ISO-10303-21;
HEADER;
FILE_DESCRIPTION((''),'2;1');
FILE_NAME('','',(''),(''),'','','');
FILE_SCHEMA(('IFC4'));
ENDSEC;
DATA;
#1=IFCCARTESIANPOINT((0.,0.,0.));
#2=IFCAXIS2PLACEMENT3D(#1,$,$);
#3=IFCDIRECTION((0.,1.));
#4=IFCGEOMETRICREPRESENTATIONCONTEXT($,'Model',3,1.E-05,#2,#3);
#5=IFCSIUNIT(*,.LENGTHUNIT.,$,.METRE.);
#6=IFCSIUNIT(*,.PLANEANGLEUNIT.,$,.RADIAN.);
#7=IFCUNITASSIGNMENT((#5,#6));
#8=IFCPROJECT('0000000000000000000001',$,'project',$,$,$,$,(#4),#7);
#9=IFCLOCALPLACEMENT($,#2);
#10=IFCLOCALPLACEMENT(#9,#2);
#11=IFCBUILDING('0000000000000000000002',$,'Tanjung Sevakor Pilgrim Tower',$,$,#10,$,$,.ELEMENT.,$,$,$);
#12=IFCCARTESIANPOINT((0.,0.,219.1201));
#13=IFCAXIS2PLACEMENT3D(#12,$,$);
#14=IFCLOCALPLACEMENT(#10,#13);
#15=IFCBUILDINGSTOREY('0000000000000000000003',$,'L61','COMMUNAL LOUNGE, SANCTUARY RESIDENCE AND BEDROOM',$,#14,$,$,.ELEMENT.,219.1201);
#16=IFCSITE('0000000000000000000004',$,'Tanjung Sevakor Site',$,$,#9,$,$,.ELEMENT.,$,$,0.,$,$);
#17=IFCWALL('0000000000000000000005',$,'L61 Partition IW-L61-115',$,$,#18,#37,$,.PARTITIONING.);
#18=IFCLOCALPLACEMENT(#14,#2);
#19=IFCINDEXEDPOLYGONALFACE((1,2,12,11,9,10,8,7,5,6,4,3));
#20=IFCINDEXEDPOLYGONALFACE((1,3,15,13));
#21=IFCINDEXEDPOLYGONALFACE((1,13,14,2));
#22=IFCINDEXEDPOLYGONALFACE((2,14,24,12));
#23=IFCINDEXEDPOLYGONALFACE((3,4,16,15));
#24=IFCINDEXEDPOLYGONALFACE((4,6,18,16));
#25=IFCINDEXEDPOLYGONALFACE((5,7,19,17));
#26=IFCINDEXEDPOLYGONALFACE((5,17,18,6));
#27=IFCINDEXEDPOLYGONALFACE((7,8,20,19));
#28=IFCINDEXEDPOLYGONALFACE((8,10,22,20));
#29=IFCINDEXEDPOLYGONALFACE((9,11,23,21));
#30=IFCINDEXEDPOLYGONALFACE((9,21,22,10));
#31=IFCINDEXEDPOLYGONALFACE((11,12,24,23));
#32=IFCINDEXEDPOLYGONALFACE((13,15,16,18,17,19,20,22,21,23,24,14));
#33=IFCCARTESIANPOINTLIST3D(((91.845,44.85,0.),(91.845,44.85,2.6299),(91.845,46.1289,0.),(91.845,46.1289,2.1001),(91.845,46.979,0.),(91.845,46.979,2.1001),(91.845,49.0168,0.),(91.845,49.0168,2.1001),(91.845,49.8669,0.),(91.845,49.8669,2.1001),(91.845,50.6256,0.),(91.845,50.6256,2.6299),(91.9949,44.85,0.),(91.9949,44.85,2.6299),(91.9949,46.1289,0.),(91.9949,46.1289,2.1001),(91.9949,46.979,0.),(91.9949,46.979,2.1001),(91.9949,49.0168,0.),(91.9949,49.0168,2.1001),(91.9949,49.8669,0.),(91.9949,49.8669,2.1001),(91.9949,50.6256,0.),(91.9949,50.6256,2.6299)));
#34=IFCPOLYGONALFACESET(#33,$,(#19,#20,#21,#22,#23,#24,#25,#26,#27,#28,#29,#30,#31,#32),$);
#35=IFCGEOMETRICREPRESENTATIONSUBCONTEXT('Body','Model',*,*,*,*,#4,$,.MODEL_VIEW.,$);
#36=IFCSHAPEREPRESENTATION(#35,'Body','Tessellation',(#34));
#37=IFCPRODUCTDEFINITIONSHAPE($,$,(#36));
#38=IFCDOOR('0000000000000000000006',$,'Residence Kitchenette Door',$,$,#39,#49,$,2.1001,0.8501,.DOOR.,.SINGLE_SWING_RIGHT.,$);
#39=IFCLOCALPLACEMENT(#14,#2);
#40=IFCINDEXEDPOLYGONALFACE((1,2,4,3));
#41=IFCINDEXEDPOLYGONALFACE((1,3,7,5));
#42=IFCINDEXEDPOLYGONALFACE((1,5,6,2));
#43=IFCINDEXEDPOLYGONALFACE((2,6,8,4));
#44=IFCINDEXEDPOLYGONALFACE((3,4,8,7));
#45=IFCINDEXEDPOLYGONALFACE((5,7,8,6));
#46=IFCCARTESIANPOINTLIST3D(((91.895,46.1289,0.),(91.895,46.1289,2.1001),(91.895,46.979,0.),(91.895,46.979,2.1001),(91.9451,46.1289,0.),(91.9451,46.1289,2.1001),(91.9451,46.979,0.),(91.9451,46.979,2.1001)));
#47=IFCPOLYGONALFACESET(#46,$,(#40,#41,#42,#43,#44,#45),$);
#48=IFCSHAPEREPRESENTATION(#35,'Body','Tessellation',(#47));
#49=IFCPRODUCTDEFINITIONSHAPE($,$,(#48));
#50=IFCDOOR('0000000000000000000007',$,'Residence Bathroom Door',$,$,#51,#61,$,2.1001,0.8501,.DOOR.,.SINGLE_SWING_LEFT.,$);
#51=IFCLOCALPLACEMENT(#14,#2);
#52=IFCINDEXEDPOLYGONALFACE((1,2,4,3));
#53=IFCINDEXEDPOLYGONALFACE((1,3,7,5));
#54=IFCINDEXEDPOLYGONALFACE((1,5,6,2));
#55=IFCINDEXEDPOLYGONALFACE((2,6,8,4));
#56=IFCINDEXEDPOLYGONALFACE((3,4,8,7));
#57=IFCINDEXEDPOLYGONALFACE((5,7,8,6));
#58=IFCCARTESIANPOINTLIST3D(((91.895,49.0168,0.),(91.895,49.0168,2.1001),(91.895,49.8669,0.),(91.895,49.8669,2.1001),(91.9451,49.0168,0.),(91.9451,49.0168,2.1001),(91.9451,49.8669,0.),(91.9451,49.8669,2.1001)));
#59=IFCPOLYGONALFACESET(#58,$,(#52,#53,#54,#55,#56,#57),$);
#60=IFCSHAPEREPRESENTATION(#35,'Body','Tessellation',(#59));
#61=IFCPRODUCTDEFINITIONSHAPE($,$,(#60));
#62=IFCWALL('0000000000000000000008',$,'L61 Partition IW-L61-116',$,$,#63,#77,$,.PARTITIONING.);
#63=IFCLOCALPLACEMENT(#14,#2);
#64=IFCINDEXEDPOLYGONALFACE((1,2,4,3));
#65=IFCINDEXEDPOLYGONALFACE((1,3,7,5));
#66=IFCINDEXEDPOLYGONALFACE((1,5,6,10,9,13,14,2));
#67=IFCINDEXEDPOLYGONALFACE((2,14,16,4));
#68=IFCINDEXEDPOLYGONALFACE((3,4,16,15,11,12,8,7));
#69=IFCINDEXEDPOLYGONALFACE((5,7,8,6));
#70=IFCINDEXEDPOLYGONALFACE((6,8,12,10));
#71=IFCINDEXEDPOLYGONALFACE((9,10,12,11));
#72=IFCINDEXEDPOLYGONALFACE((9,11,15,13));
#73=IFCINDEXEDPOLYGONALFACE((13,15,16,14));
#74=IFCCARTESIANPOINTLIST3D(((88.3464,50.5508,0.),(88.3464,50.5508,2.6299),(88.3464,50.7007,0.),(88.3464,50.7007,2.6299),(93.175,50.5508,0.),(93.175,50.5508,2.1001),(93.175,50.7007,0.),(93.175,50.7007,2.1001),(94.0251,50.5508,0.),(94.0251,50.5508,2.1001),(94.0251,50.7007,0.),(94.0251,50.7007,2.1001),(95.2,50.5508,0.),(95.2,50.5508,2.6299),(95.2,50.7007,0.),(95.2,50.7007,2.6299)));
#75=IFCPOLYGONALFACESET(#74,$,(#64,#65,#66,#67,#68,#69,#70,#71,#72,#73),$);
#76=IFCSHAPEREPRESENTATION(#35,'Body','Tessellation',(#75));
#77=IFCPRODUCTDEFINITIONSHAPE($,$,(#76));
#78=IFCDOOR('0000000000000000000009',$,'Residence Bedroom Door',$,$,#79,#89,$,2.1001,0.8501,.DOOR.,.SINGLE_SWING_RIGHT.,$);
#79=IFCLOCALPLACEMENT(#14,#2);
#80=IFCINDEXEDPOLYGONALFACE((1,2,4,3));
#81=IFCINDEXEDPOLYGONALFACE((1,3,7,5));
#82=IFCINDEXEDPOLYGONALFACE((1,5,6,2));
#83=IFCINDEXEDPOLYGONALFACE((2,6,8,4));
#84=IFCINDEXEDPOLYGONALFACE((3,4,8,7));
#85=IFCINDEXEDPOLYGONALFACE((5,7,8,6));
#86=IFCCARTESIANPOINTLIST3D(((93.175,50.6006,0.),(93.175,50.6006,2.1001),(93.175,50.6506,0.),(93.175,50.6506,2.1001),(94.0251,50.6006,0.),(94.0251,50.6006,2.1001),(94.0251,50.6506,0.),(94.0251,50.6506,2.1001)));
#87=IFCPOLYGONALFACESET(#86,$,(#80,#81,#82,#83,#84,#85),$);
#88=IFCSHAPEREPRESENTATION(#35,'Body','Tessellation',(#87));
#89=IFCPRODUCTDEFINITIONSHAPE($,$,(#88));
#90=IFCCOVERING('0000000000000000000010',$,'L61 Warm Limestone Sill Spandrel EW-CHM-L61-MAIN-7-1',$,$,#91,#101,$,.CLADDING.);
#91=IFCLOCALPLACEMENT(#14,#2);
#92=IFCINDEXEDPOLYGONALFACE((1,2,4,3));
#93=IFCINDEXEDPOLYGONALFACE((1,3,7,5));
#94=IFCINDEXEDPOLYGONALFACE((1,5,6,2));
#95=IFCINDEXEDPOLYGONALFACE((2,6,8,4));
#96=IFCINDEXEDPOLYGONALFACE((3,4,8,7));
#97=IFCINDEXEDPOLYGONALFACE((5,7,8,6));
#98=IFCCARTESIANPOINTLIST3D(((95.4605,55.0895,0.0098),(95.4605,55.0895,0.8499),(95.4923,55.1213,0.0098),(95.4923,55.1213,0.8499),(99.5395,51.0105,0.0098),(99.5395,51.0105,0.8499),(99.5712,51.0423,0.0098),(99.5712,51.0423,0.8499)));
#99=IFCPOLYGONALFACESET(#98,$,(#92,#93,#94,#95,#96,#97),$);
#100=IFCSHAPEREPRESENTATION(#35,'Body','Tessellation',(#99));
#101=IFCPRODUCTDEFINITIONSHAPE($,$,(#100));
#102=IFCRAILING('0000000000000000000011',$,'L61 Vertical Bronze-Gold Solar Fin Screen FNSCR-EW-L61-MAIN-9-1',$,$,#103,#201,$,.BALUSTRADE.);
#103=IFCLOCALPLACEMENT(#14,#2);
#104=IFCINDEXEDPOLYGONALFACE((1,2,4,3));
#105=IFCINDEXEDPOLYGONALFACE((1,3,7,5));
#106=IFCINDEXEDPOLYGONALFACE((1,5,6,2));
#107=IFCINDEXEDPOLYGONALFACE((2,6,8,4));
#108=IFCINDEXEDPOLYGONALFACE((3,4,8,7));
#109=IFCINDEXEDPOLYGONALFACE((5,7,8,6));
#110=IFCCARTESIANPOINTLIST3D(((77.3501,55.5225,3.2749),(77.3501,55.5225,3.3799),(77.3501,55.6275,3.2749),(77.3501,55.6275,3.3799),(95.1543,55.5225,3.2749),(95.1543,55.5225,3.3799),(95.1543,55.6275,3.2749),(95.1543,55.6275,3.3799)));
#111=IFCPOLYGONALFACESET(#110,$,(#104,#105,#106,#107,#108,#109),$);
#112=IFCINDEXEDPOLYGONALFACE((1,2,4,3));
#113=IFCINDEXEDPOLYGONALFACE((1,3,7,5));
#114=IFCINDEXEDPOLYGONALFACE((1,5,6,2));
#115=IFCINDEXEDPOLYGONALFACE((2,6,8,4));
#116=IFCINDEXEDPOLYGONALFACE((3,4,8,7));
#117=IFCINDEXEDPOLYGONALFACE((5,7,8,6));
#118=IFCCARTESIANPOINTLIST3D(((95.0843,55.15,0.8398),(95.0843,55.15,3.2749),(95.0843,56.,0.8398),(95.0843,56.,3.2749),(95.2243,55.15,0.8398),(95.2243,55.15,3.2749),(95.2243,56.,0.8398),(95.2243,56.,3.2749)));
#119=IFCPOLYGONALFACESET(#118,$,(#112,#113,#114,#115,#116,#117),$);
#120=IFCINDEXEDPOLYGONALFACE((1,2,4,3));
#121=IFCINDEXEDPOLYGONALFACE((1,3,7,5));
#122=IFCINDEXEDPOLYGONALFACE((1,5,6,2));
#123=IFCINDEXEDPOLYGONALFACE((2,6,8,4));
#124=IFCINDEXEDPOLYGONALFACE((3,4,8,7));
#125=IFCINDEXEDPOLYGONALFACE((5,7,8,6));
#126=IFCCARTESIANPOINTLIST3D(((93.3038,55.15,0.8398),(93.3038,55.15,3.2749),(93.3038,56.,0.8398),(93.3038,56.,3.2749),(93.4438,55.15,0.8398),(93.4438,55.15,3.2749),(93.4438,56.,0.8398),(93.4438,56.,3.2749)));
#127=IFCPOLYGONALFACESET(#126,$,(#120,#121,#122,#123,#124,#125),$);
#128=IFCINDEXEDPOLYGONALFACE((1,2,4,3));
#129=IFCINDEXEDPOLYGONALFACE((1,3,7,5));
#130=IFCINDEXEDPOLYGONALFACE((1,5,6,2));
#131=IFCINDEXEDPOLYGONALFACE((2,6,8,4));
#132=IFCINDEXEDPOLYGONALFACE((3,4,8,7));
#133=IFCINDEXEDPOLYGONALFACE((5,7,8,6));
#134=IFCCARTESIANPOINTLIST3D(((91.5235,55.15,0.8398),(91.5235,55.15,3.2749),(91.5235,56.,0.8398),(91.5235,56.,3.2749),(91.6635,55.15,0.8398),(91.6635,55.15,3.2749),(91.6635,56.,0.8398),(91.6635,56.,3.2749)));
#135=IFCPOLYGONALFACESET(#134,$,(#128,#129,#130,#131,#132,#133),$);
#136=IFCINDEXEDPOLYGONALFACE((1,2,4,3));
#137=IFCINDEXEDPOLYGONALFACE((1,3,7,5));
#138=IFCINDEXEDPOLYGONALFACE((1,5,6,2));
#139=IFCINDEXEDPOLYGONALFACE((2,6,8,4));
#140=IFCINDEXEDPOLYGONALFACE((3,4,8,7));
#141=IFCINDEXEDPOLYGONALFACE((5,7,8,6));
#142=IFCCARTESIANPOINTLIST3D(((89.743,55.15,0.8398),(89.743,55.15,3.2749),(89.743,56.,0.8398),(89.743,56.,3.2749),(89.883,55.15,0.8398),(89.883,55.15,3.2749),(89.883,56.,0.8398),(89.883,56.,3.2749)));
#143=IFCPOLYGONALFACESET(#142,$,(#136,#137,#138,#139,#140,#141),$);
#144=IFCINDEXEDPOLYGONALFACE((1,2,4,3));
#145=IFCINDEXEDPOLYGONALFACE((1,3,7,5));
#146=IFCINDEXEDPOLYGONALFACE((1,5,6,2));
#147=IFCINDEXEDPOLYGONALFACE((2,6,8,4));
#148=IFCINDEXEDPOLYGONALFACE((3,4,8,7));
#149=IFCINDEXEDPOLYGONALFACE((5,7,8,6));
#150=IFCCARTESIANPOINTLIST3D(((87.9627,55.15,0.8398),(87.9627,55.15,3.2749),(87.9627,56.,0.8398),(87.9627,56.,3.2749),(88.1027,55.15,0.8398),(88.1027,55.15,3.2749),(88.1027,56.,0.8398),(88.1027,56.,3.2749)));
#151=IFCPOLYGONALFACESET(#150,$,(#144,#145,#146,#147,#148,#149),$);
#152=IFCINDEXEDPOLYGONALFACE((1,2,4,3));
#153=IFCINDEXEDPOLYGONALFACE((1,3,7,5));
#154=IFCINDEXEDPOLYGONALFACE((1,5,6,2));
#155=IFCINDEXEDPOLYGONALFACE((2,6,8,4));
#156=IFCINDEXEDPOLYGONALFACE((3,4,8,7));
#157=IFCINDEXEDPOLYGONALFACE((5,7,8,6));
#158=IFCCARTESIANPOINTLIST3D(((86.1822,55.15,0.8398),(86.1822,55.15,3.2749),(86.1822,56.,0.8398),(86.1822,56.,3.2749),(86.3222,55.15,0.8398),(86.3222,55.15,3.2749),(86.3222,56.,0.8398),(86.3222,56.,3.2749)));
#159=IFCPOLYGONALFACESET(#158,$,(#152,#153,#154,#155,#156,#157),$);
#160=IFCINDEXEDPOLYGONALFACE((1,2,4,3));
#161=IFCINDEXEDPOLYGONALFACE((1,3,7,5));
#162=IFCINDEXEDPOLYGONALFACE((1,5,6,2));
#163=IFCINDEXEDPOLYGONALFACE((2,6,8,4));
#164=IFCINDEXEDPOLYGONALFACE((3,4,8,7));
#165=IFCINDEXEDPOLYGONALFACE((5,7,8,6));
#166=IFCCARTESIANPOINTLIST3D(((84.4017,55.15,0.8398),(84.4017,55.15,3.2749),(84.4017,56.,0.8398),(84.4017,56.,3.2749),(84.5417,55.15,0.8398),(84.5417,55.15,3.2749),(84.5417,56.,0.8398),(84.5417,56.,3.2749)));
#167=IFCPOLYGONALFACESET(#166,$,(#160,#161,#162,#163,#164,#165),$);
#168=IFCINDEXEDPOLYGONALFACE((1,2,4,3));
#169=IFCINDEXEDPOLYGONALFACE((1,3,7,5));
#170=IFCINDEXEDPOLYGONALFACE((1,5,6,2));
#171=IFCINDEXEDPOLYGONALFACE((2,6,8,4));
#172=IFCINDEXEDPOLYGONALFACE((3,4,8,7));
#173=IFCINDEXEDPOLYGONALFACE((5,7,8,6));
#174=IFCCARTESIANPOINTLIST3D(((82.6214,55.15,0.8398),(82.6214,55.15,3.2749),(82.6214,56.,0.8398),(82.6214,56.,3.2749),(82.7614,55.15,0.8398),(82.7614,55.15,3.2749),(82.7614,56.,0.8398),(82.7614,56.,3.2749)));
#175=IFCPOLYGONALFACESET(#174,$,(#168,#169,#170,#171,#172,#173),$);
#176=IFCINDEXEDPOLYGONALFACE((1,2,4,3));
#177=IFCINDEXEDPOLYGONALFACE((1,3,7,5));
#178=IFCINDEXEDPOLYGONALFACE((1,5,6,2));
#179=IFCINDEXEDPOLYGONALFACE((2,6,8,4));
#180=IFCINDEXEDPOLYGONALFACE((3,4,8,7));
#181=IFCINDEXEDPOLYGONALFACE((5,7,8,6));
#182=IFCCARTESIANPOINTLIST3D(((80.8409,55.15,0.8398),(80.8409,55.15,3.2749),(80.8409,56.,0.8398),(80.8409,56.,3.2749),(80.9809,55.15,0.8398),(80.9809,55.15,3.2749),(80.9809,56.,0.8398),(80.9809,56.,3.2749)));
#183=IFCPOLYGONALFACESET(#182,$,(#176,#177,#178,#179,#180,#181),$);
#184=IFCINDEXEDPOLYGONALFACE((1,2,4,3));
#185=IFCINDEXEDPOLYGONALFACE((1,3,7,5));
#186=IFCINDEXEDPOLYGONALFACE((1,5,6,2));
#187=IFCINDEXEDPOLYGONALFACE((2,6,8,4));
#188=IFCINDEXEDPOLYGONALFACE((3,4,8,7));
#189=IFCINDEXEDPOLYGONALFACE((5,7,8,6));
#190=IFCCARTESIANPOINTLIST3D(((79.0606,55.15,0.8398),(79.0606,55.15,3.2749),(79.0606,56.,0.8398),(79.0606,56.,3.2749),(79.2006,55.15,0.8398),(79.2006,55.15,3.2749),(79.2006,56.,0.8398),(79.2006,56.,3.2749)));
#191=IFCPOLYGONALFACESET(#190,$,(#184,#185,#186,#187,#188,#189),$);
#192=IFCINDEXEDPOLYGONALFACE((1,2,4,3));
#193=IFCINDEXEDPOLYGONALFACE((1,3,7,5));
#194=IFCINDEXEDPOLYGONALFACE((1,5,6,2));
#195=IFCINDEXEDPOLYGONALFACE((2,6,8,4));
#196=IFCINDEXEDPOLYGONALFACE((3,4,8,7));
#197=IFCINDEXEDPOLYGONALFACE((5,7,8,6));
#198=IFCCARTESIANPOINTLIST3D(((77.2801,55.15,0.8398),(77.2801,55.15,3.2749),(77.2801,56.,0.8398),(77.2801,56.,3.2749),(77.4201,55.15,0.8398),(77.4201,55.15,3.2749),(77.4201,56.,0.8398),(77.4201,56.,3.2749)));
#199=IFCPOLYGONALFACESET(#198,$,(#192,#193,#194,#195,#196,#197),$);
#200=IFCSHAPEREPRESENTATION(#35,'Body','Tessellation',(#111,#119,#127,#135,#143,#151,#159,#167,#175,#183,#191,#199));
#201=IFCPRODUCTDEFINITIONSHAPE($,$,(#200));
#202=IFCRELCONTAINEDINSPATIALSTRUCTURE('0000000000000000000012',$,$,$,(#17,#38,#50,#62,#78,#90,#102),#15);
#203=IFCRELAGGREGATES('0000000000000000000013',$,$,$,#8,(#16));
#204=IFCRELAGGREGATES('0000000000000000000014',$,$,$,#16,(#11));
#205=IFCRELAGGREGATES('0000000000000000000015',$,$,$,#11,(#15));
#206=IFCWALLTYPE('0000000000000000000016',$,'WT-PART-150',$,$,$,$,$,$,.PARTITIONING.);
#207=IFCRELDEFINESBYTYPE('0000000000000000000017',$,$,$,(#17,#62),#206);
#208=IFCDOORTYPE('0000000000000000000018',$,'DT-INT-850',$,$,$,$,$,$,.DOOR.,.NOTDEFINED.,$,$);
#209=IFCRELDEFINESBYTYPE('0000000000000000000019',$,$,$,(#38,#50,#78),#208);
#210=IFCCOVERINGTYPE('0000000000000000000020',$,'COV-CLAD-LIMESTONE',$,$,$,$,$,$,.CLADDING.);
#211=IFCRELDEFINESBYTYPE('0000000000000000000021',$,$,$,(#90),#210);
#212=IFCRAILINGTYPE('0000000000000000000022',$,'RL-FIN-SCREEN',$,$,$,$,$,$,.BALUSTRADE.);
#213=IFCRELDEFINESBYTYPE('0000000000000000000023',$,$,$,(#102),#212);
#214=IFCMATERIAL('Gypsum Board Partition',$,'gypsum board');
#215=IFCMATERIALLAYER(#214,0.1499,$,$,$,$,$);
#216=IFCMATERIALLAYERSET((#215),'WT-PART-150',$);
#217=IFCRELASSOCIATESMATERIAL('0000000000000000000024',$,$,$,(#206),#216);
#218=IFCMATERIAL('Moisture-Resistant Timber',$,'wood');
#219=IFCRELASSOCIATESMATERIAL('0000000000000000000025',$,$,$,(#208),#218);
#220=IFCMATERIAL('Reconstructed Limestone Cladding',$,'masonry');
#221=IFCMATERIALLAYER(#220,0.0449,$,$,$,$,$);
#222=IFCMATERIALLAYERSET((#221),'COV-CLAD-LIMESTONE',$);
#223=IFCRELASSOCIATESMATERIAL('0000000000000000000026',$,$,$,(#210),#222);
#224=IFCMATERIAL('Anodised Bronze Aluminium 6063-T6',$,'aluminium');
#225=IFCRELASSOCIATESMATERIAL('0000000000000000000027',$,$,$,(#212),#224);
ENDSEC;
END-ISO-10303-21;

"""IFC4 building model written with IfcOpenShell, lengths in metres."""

from ifc_helpers import new_model, si_unit, direction, frame, frame_2d, origin, origin_2d, place, context, subcontext, project, spatial, rectangle, extrude, material, layer, layer_set, type_object, element, fill, save


model = new_model("IFC4")

# Units and contexts
model_context = context("Model", 3, precision=1e-05, world=origin(), true_north=direction((0.0, 1.0)))
body_context = subcontext(model_context, "Body", "Model", "MODEL_VIEW")
ifc_project = project(units=[si_unit("LENGTHUNIT", "METRE"), si_unit("PLANEANGLEUNIT", "RADIAN")], contexts=[model_context])

# Site, building, storey
site_placement = place(None, origin())
site = spatial("IfcSite", under=ifc_project, at=site_placement, Name="Tanjung Sevakor Site", CompositionType="ELEMENT", RefElevation=0.0)
building_placement = place(site_placement, origin())
building = spatial("IfcBuilding", under=site, at=building_placement, Name="Tanjung Sevakor Pilgrim Tower", CompositionType="ELEMENT")
storey_placement = place(building_placement, frame((0.0, 0.0, 219.1201)))
storey = spatial("IfcBuildingStorey", under=building, at=storey_placement, Name="L61", Description="COMMUNAL LOUNGE, SANCTUARY RESIDENCE AND BEDROOM", CompositionType="ELEMENT", Elevation=219.1201)

# Shared definitions
ifc_material_1 = material(Name="Gypsum Board Partition", Category="gypsum board")
ifc_layer_1 = layer(ifc_material_1, 0.1499)
ifc_layer_set_1 = layer_set([ifc_layer_1], Name="WT-PART-150")
wall_type_1 = type_object("IfcWallType", Name="WT-PART-150", PredefinedType="PARTITIONING", material=ifc_layer_set_1)

# Wall, openings, doors
wall_1_placement = place(storey_placement, frame((91.9199, 44.8501, 0.0), z_axis=(0.0, 0.0, 1.0), x_axis=(0.0, 1.0, 0.0)))
wall_1 = element("IfcWall", 1, at=wall_1_placement, inside=storey, type_object=wall_type_1, Name="L61 Partition IW-L61-115", PredefinedType="PARTITIONING", context=body_context, shape_type="SweptSolid", body=[
    extrude(rectangle(XDim=5.7756, YDim=0.1499, at=frame_2d((2.8877, 0.0))), origin(), (0.0, 0.0, 1.0), 2.6299),
])
opening_1_placement = place(wall_1_placement, frame((1.2788, 0.0, 0.0)))
opening_1 = element("IfcOpeningElement", 2, at=opening_1_placement, cuts=wall_1, PredefinedType="OPENING", context=body_context, shape_type="SweptSolid", body=[
    extrude(rectangle(XDim=0.8501, YDim=2.1001, at=frame_2d((0.425, 1.05))), frame((0.0, 0.085, 0.0), z_axis=(0.0, -1.0, 0.0), x_axis=(1.0, 0.0, 0.0)), (0.0, 0.0, 1.0), 0.1699),
])
opening_2_placement = place(wall_1_placement, frame((4.1667, 0.0, 0.0)))
opening_2 = element("IfcOpeningElement", 3, at=opening_2_placement, cuts=wall_1, PredefinedType="OPENING", context=body_context, shape_type="SweptSolid", body=[
    extrude(rectangle(XDim=0.8501, YDim=2.1001, at=frame_2d((0.425, 1.05))), frame((0.0, 0.085, 0.0), z_axis=(0.0, -1.0, 0.0), x_axis=(1.0, 0.0, 0.0)), (0.0, 0.0, 1.0), 0.1699),
])
ifc_material_2 = material(Name="Moisture-Resistant Timber", Category="wood")
door_type_1 = type_object("IfcDoorType", Name="DT-INT-850", OperationType="NOTDEFINED", PredefinedType="DOOR", material=ifc_material_2)
door_1_placement = place(opening_1_placement, origin())
door_1 = element("IfcDoor", 4, at=door_1_placement, inside=storey, type_object=door_type_1, Name="Residence Kitchenette Door", OperationType="SINGLE_SWING_RIGHT", OverallHeight=2.1001, OverallWidth=0.8501, PredefinedType="DOOR", context=body_context, shape_type="SweptSolid", body=[
    extrude(rectangle(XDim=0.8501, YDim=2.1001, at=frame_2d((0.425, 1.05))), frame((0.0, 0.0249, 0.0), z_axis=(0.0, -1.0, 0.0), x_axis=(1.0, 0.0, 0.0)), (0.0, 0.0, 1.0), 0.05),
])
fill(opening_1, door_1)
door_2_placement = place(opening_2_placement, origin())
door_2 = element("IfcDoor", 5, at=door_2_placement, inside=storey, type_object=door_type_1, Name="Residence Bathroom Door", OperationType="SINGLE_SWING_LEFT", OverallHeight=2.1001, OverallWidth=0.8501, PredefinedType="DOOR", context=body_context, shape_type="SweptSolid", body=[
    extrude(rectangle(XDim=0.8501, YDim=2.1001, at=frame_2d((0.425, 1.05))), frame((0.0, 0.0249, 0.0), z_axis=(0.0, -1.0, 0.0), x_axis=(1.0, 0.0, 0.0)), (0.0, 0.0, 1.0), 0.05),
])
fill(opening_2, door_2)

# Wall, opening, door
wall_2_placement = place(storey_placement, frame((88.3464, 50.6257, 0.0), z_axis=(0.0, 0.0, 1.0), x_axis=(1.0, 0.0, 0.0)))
wall_2 = element("IfcWall", 6, at=wall_2_placement, inside=storey, type_object=wall_type_1, Name="L61 Partition IW-L61-116", PredefinedType="PARTITIONING", context=body_context, shape_type="SweptSolid", body=[
    extrude(rectangle(XDim=6.8535, YDim=0.1499, at=frame_2d((3.4268, 0.0))), origin(), (0.0, 0.0, 1.0), 2.6299),
])
opening_3_placement = place(wall_2_placement, frame((4.8286, 0.0, 0.0)))
opening_3 = element("IfcOpeningElement", 7, at=opening_3_placement, cuts=wall_2, PredefinedType="OPENING", context=body_context, shape_type="SweptSolid", body=[
    extrude(rectangle(XDim=0.8501, YDim=2.1001, at=frame_2d((0.425, 1.05))), frame((0.0, 0.085, 0.0), z_axis=(0.0, -1.0, 0.0), x_axis=(1.0, 0.0, 0.0)), (0.0, 0.0, 1.0), 0.1699),
])
door_3_placement = place(opening_3_placement, origin())
door_3 = element("IfcDoor", 8, at=door_3_placement, inside=storey, type_object=door_type_1, Name="Residence Bedroom Door", OperationType="SINGLE_SWING_RIGHT", OverallHeight=2.1001, OverallWidth=0.8501, PredefinedType="DOOR", context=body_context, shape_type="SweptSolid", body=[
    extrude(rectangle(XDim=0.8501, YDim=2.1001, at=frame_2d((0.425, 1.05))), frame((0.0, 0.0249, 0.0), z_axis=(0.0, -1.0, 0.0), x_axis=(1.0, 0.0, 0.0)), (0.0, 0.0, 1.0), 0.05),
])
fill(opening_3, door_3)

# Covering
ifc_material_3 = material(Name="Reconstructed Limestone Cladding", Category="masonry")
ifc_layer_2 = layer(ifc_material_3, 0.0449)
ifc_layer_set_2 = layer_set([ifc_layer_2], Name="COV-CLAD-LIMESTONE")
covering_type = type_object("IfcCoveringType", Name="COV-CLAD-LIMESTONE", PredefinedType="CLADDING", material=ifc_layer_set_2)
covering_placement = place(storey_placement, frame((97.5159, 53.0659, 0.0098), z_axis=(0.0, 0.0, 1.0), x_axis=(-0.707107, 0.707107, 0.0)))
element("IfcCovering", 9, at=covering_placement, inside=storey, type_object=covering_type, Name="L61 Warm Limestone Sill Spandrel EW-CHM-L61-MAIN-7-1", PredefinedType="CLADDING", context=body_context, shape_type="SweptSolid", body=[
    extrude(rectangle(XDim=5.7686, YDim=0.0449, at=origin_2d()), origin(), (0.0, 0.0, 1.0), 0.8401),
])

# Railing
ifc_material_4 = material(Name="Anodised Bronze Aluminium 6063-T6", Category="aluminium")
railing_type = type_object("IfcRailingType", Name="RL-FIN-SCREEN", PredefinedType="BALUSTRADE", material=ifc_material_4)
railing_placement = place(storey_placement, frame((95.1543, 55.575, 0.8398)))
element("IfcRailing", 10, at=railing_placement, inside=storey, type_object=railing_type, Name="L61 Vertical Bronze-Gold Solar Fin Screen FNSCR-EW-L61-MAIN-9-1", PredefinedType="BALUSTRADE", context=body_context, shape_type="SweptSolid", body=[
    extrude(rectangle(XDim=0.105, YDim=0.105), frame((0.0, 0.0, 2.4875), z_axis=(-1.0, 0.0, 0.0), x_axis=(0.0, -1.0, 0.0)), (0.0, 0.0, 1.0), 17.8042),
    extrude(rectangle(XDim=0.14, YDim=0.85), origin(), (0.0, 0.0, 1.0), 2.4351),
    extrude(rectangle(XDim=0.14, YDim=0.85), frame((-1.7805, 0.0, 0.0)), (0.0, 0.0, 1.0), 2.4351),
    extrude(rectangle(XDim=0.14, YDim=0.85), frame((-3.5608, 0.0, 0.0)), (0.0, 0.0, 1.0), 2.4351),
    extrude(rectangle(XDim=0.14, YDim=0.85), frame((-5.3413, 0.0, 0.0)), (0.0, 0.0, 1.0), 2.4351),
    extrude(rectangle(XDim=0.14, YDim=0.85), frame((-7.1216, 0.0, 0.0)), (0.0, 0.0, 1.0), 2.4351),
    extrude(rectangle(XDim=0.14, YDim=0.85), frame((-8.9021, 0.0, 0.0)), (0.0, 0.0, 1.0), 2.4351),
    extrude(rectangle(XDim=0.14, YDim=0.85), frame((-10.6826, 0.0, 0.0)), (0.0, 0.0, 1.0), 2.4351),
    extrude(rectangle(XDim=0.14, YDim=0.85), frame((-12.4629, 0.0, 0.0)), (0.0, 0.0, 1.0), 2.4351),
    extrude(rectangle(XDim=0.14, YDim=0.85), frame((-14.2434, 0.0, 0.0)), (0.0, 0.0, 1.0), 2.4351),
    extrude(rectangle(XDim=0.14, YDim=0.85), frame((-16.0237, 0.0, 0.0)), (0.0, 0.0, 1.0), 2.4351),
    extrude(rectangle(XDim=0.14, YDim=0.85), frame((-17.8042, 0.0, 0.0)), (0.0, 0.0, 1.0), 2.4351),
])

save(model, "model.ifc")
